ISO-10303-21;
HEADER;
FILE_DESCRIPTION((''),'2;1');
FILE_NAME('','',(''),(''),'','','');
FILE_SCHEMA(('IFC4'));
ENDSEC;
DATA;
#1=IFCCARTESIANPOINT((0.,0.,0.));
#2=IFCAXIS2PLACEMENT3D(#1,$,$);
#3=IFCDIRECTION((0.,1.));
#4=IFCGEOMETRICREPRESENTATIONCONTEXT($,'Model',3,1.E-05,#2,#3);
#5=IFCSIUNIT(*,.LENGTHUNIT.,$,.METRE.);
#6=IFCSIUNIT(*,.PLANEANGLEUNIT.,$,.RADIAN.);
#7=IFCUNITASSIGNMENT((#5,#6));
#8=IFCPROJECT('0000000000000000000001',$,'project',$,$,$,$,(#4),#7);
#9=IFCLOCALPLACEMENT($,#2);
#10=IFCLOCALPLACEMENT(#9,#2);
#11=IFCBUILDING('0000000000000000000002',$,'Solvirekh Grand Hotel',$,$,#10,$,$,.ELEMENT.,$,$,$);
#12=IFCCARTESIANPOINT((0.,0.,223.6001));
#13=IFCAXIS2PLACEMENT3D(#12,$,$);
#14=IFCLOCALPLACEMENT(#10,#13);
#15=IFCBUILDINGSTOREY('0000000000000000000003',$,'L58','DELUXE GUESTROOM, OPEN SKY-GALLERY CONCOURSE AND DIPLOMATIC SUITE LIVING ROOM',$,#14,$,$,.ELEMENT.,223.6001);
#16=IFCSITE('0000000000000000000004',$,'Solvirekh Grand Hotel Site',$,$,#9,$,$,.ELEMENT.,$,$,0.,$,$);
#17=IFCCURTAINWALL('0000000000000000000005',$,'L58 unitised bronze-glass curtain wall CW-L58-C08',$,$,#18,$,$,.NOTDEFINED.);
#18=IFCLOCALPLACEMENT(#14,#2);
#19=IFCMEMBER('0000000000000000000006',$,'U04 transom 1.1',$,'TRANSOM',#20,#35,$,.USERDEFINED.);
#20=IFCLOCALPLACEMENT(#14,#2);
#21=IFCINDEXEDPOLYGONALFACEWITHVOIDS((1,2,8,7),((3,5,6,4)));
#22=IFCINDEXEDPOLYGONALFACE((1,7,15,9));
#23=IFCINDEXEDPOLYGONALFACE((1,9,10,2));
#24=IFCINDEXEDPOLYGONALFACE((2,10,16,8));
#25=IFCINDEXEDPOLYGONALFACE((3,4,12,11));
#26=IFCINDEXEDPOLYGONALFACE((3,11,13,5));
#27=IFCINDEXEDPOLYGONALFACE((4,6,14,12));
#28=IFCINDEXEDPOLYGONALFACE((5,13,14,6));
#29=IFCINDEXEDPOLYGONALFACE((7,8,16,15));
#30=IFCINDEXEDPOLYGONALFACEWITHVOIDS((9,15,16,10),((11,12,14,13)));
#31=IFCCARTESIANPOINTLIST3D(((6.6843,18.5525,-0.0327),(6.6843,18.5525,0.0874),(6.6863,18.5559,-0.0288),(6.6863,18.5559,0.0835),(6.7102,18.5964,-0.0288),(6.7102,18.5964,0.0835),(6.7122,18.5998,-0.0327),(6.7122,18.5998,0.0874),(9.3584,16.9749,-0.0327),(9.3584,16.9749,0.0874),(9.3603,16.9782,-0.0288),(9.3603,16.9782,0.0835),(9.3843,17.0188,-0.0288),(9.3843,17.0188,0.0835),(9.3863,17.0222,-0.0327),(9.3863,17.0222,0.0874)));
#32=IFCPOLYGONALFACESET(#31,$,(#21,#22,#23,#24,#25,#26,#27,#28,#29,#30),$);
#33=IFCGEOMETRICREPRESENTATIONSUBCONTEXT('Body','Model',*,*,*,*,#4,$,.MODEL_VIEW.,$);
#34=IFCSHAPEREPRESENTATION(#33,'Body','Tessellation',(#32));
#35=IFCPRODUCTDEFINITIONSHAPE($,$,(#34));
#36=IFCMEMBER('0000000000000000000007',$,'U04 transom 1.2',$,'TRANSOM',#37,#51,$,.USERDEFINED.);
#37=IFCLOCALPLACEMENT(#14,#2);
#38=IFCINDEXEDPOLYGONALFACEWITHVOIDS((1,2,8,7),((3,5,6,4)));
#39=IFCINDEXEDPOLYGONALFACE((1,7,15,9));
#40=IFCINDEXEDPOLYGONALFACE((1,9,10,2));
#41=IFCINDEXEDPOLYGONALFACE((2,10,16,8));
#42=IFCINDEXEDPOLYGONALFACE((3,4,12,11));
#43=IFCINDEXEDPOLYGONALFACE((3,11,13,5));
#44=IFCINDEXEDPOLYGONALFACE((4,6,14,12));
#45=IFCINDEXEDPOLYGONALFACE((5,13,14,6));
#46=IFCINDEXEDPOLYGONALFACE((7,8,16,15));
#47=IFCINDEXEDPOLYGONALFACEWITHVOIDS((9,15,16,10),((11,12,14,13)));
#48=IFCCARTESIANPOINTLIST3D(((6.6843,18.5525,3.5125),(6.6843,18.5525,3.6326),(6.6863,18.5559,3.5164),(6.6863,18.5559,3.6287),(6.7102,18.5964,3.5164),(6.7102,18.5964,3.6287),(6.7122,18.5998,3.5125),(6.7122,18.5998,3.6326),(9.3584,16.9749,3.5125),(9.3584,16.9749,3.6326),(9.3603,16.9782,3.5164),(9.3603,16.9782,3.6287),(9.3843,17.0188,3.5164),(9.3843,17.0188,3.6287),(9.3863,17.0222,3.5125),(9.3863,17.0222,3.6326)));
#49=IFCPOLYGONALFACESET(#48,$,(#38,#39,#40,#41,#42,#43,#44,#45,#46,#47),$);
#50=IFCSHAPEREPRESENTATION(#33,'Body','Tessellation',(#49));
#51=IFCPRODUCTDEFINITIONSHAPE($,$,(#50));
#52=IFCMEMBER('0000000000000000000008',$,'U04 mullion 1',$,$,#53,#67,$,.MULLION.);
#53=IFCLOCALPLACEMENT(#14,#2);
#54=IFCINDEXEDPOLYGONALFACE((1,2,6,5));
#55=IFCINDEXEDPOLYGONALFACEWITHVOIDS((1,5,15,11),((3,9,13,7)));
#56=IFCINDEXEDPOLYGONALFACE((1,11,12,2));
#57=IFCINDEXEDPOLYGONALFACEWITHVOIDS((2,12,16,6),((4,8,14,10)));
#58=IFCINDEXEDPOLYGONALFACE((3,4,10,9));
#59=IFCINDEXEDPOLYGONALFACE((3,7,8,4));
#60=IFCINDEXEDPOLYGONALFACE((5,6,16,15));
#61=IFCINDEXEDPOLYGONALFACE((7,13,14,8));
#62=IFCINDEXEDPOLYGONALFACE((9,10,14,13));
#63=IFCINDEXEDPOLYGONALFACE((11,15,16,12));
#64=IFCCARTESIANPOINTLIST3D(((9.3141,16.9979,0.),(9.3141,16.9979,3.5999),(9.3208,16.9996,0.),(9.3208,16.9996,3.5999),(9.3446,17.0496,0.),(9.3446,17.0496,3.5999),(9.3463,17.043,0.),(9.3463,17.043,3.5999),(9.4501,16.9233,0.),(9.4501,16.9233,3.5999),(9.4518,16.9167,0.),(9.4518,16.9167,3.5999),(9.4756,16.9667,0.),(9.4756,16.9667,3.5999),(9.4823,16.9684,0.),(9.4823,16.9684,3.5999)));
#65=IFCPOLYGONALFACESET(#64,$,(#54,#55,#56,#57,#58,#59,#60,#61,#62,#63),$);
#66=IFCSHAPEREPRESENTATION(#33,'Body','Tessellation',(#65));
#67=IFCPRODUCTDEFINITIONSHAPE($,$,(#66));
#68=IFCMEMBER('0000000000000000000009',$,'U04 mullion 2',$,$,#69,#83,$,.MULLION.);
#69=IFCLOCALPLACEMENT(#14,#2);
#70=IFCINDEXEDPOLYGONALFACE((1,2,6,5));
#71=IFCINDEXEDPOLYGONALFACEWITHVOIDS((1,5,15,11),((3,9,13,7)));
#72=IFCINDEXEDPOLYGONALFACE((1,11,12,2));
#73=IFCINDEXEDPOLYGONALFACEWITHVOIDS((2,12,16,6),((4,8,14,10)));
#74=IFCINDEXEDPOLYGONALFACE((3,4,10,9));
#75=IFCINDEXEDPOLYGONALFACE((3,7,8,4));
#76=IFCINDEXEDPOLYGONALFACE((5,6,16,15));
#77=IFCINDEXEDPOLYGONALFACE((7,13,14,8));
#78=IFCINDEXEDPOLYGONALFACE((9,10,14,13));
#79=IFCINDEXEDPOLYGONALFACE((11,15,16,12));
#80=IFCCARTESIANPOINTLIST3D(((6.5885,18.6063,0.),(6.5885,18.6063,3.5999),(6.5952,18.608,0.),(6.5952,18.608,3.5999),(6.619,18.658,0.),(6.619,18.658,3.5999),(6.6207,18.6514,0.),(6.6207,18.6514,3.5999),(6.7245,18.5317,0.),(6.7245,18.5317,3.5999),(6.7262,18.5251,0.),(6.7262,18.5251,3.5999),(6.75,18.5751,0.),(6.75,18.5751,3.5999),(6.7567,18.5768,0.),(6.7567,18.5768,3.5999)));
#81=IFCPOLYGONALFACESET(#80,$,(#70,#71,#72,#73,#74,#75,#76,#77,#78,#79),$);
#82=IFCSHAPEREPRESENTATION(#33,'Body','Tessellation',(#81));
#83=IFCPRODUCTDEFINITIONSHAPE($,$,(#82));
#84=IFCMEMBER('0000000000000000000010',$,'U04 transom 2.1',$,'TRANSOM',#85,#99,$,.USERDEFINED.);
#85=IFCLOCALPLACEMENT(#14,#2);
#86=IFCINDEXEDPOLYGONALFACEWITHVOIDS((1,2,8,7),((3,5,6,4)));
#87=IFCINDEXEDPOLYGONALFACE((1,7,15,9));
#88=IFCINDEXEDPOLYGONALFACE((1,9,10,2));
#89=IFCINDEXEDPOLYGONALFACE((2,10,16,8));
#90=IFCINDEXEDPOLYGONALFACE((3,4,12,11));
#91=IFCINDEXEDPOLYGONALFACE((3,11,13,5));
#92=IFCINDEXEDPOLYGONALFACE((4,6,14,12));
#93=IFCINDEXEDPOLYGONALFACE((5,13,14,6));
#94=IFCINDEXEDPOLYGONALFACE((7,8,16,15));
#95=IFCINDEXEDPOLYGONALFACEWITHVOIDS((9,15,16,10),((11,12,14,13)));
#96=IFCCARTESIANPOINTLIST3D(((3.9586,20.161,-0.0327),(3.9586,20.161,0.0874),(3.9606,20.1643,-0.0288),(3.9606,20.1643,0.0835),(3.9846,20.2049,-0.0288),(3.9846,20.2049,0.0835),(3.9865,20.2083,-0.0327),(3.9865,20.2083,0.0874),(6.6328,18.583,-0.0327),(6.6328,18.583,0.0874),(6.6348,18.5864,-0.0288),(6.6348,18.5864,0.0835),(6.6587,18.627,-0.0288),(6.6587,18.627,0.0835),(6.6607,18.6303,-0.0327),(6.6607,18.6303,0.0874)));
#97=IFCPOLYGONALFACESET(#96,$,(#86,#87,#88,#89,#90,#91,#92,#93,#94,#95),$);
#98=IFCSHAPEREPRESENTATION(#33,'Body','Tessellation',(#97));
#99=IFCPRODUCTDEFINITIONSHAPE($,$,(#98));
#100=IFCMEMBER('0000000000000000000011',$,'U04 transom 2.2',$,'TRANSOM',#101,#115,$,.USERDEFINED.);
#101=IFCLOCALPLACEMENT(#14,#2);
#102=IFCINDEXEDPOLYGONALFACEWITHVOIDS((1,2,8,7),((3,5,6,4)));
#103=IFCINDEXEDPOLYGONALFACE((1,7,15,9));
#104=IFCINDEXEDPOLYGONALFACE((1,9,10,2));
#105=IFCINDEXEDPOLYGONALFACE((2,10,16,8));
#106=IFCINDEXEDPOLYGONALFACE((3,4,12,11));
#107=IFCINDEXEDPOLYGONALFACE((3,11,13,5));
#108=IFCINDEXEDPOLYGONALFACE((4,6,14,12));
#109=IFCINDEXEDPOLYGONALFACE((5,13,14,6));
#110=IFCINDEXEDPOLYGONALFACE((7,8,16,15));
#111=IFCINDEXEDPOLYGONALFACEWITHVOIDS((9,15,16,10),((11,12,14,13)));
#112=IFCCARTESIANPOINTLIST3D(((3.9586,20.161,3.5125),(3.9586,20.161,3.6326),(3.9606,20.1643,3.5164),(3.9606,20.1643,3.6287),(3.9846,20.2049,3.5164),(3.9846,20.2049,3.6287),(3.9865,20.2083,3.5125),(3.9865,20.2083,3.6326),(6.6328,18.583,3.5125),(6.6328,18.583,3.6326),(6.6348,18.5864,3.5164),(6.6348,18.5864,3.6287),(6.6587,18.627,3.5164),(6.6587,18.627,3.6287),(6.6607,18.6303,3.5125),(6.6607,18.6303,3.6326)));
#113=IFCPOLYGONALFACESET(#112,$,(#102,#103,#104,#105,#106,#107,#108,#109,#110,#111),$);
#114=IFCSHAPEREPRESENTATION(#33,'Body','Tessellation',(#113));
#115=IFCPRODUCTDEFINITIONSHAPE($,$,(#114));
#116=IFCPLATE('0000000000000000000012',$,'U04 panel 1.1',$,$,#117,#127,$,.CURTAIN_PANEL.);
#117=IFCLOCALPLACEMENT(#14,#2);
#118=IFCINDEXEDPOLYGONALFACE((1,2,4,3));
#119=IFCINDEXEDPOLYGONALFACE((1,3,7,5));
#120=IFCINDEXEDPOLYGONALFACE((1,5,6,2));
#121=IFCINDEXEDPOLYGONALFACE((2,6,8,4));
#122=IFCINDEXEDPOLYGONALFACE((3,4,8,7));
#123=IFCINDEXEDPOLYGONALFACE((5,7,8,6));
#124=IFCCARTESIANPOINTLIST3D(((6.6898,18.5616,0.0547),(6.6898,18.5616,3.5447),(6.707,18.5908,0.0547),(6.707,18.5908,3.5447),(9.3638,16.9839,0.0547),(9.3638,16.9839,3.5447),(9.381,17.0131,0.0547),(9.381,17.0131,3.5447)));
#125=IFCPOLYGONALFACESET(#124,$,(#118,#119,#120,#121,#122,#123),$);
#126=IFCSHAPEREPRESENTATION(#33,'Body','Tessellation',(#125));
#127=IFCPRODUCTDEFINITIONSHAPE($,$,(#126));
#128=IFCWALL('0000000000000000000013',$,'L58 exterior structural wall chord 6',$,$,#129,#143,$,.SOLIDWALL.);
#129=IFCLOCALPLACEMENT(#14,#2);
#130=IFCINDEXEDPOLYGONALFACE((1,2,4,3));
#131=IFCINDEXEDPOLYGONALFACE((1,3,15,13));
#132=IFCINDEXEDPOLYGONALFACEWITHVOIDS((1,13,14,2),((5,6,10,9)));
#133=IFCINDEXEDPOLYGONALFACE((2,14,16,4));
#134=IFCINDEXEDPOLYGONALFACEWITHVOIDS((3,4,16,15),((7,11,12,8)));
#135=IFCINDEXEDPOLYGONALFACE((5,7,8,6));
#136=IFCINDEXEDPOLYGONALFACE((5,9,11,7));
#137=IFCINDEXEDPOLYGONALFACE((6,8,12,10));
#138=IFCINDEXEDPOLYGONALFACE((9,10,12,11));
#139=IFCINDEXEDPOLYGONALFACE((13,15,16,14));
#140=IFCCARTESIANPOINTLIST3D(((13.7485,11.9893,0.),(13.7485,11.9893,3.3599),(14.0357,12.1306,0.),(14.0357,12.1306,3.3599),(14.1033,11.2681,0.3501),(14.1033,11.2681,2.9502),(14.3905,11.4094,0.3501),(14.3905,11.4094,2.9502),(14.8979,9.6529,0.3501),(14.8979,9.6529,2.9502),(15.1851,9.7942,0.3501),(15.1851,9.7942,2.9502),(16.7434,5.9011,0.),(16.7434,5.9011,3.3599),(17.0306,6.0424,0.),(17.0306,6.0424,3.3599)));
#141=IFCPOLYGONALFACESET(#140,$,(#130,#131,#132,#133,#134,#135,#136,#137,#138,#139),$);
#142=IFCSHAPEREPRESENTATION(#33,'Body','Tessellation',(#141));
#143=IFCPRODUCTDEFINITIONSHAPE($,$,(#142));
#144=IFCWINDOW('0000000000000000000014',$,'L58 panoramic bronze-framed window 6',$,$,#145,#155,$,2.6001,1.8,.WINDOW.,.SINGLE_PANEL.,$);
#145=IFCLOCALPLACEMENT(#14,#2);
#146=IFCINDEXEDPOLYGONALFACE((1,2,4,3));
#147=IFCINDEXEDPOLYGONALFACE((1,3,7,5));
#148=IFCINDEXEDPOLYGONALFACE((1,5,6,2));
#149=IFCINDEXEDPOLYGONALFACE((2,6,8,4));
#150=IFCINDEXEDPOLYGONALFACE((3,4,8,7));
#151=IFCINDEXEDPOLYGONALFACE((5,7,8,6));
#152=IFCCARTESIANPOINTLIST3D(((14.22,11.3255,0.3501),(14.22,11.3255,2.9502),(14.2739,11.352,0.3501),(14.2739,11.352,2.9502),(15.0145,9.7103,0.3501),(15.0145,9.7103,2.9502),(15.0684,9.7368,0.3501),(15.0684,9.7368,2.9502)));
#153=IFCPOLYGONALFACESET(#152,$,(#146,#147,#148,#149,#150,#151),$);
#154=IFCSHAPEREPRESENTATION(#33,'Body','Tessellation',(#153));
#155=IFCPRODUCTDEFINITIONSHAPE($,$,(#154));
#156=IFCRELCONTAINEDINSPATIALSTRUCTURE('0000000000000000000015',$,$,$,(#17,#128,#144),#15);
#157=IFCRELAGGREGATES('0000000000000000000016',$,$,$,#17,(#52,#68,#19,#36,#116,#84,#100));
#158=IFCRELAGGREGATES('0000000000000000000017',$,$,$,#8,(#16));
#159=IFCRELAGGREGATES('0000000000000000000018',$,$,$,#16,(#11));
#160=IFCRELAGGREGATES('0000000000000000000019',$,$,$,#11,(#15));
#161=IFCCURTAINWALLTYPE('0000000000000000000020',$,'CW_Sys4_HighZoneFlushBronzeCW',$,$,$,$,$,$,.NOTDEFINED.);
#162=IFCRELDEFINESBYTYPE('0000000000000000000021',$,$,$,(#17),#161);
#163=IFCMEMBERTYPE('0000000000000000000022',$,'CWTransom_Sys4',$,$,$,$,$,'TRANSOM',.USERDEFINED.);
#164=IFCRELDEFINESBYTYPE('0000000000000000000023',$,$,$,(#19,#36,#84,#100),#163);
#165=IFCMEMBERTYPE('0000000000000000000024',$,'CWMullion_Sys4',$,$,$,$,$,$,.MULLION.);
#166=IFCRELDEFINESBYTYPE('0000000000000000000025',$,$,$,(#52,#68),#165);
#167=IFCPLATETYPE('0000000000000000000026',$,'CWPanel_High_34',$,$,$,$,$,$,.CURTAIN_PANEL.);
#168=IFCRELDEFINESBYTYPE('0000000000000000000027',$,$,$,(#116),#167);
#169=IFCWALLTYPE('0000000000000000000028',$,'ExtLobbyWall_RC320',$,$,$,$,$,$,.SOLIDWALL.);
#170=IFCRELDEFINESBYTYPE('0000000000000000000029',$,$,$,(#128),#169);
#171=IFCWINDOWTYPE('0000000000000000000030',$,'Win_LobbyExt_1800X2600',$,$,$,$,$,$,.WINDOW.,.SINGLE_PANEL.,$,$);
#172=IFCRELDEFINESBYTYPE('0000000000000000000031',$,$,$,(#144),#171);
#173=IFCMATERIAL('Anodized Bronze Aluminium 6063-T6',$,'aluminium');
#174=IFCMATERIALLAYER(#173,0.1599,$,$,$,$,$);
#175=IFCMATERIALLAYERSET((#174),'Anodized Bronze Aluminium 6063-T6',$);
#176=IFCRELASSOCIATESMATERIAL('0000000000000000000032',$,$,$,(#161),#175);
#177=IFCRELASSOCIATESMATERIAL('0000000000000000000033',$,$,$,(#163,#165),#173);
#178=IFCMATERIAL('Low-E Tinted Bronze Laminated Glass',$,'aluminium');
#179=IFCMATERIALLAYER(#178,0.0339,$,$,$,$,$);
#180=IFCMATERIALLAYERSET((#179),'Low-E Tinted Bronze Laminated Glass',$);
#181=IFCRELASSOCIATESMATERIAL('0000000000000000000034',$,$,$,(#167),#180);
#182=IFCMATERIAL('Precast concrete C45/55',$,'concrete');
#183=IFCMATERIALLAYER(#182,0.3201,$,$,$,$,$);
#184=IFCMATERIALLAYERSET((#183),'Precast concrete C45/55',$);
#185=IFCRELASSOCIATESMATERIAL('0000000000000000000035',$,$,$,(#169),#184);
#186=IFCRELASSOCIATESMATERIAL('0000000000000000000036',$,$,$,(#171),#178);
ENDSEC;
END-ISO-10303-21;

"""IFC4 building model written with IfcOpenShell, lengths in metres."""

from ifc_helpers import new_model, si_unit, direction, frame, frame_2d, origin, origin_2d, place, context, subcontext, project, spatial, rectangle, hollow_rectangle, extrude, source, transform, mapped, material, layer, layer_set, material_profile, profile_set, type_object, element, fill, aggregate, save


model = new_model("IFC4")

# Units and contexts
model_context = context("Model", 3, precision=1e-05, world=origin(), true_north=direction((0.0, 1.0)))
body_context = subcontext(model_context, "Body", "Model", "MODEL_VIEW")
ifc_project = project(units=[si_unit("LENGTHUNIT", "METRE"), si_unit("PLANEANGLEUNIT", "RADIAN")], contexts=[model_context])

# Site, building, storey
site_placement = place(None, origin())
site = spatial("IfcSite", under=ifc_project, at=site_placement, Name="Solvirekh Grand Hotel Site", CompositionType="ELEMENT", RefElevation=0.0)
building_placement = place(site_placement, origin())
building = spatial("IfcBuilding", under=site, at=building_placement, Name="Solvirekh Grand Hotel", CompositionType="ELEMENT")
storey_placement = place(building_placement, frame((0.0, 0.0, 223.6001)))
storey = spatial("IfcBuildingStorey", under=building, at=storey_placement, Name="L58", Description="DELUXE GUESTROOM, OPEN SKY-GALLERY CONCOURSE AND DIPLOMATIC SUITE LIVING ROOM", CompositionType="ELEMENT", Elevation=223.6001)

# Curtain wall, members, plate
ifc_material_1 = material(Name="Anodized Bronze Aluminium 6063-T6", Category="aluminium")
ifc_layer_1 = layer(ifc_material_1, 0.1599)
ifc_layer_set_1 = layer_set([ifc_layer_1], Name="Anodized Bronze Aluminium 6063-T6")
curtain_wall_type = type_object("IfcCurtainWallType", Name="CW_Sys4_HighZoneFlushBronzeCW", PredefinedType="NOTDEFINED", material=ifc_layer_set_1)
curtain_wall_placement = place(storey_placement, origin())
curtain_wall = element("IfcCurtainWall", 1, at=curtain_wall_placement, inside=storey, type_object=curtain_wall_type, Name="L58 unitised bronze-glass curtain wall CW-L58-C08", PredefinedType="NOTDEFINED")
ifc_material_profile_1 = material_profile(ifc_material_1, hollow_rectangle(XDim=0.0549, YDim=0.1201, WallThickness=0.0039, at=origin_2d()), Name="ALU RHS 120X55X4")
ifc_profile_set_1 = profile_set([ifc_material_profile_1], Name="Anodized Bronze Aluminium 6063-T6")
member_type_1 = type_object("IfcMemberType", Name="CWTransom_Sys4", ElementType="TRANSOM", PredefinedType="USERDEFINED", material=ifc_profile_set_1)
shared_shape_1 = source(origin(), body_context, "Body", "SweptSolid", [
    extrude(hollow_rectangle(XDim=0.0549, YDim=0.1201, WallThickness=0.0039, at=origin_2d()), origin(), (0.0, 0.0, 1.0), 3.1047),
])
member_1_placement = place(storey_placement, frame((9.3723, 16.9985, 0.0273), z_axis=(-0.861279, 0.508133, 0.0), x_axis=(-0.508133, -0.861279, 0.0)))
member_1 = element("IfcMember", 2, at=member_1_placement, type_object=member_type_1, Name="U04 transom 1.1", ObjectType="TRANSOM", PredefinedType="USERDEFINED", context=body_context, shape_type="MappedRepresentation", body=[
    mapped(shared_shape_1, transform((0.0, 0.0, 0.0), x_axis=(1.0, 0.0, 0.0), y_axis=(0.0, 1.0, 0.0), z_axis=(0.0, 0.0, 1.0), scale=1.0)),
])
member_2_placement = place(storey_placement, frame((9.3723, 16.9985, 3.5725), z_axis=(-0.861279, 0.508133, 0.0), x_axis=(-0.508133, -0.861279, 0.0)))
member_2 = element("IfcMember", 3, at=member_2_placement, type_object=member_type_1, Name="U04 transom 1.2", ObjectType="TRANSOM", PredefinedType="USERDEFINED", context=body_context, shape_type="MappedRepresentation", body=[
    mapped(shared_shape_1, transform((0.0, 0.0, 0.0), x_axis=(1.0, 0.0, 0.0), y_axis=(0.0, 1.0, 0.0), z_axis=(0.0, 0.0, 1.0), scale=1.0)),
])
ifc_material_profile_2 = material_profile(ifc_material_1, hollow_rectangle(XDim=0.0601, YDim=0.1599, WallThickness=0.0049, at=origin_2d()), Name="ALU RHS 160X60X5")
ifc_profile_set_2 = profile_set([ifc_material_profile_2], Name="Anodized Bronze Aluminium 6063-T6")
member_type_2 = type_object("IfcMemberType", Name="CWMullion_Sys4", PredefinedType="MULLION", material=ifc_profile_set_2)
shared_shape_2 = source(origin(), body_context, "Body", "SweptSolid", [
    extrude(hollow_rectangle(XDim=0.0601, YDim=0.1599, WallThickness=0.0049, at=origin_2d()), origin(), (0.0, 0.0, 1.0), 3.5999),
])
member_3_placement = place(storey_placement, frame((9.3982, 16.9832, 0.0), z_axis=(0.0, 0.0, 1.0), x_axis=(-0.508176, -0.861254, 0.0)))
member_3 = element("IfcMember", 4, at=member_3_placement, type_object=member_type_2, Name="U04 mullion 1", PredefinedType="MULLION", context=body_context, shape_type="MappedRepresentation", body=[
    mapped(shared_shape_2, transform((0.0, 0.0, 0.0), x_axis=(1.0, 0.0, 0.0), y_axis=(0.0, 1.0, 0.0), z_axis=(0.0, 0.0, 1.0), scale=1.0)),
])
member_4_placement = place(storey_placement, frame((6.6726, 18.5916, 0.0), z_axis=(0.0, 0.0, 1.0), x_axis=(-0.508176, -0.861254, 0.0)))
member_4 = element("IfcMember", 5, at=member_4_placement, type_object=member_type_2, Name="U04 mullion 2", PredefinedType="MULLION", context=body_context, shape_type="MappedRepresentation", body=[
    mapped(shared_shape_2, transform((0.0, 0.0, 0.0), x_axis=(1.0, 0.0, 0.0), y_axis=(0.0, 1.0, 0.0), z_axis=(0.0, 0.0, 1.0), scale=1.0)),
])
shared_shape_3 = source(origin(), body_context, "Body", "SweptSolid", [
    extrude(hollow_rectangle(XDim=0.0549, YDim=0.1201, WallThickness=0.0039, at=origin_2d()), origin(), (0.0, 0.0, 1.0), 3.105),
])
member_5_placement = place(storey_placement, frame((6.6467, 18.6067, 0.0273), z_axis=(-0.861244, 0.508191, 0.0), x_axis=(-0.508191, -0.861244, 0.0)))
member_5 = element("IfcMember", 6, at=member_5_placement, type_object=member_type_1, Name="U04 transom 2.1", ObjectType="TRANSOM", PredefinedType="USERDEFINED", context=body_context, shape_type="MappedRepresentation", body=[
    mapped(shared_shape_3, transform((0.0, 0.0, 0.0), x_axis=(1.0, 0.0, 0.0), y_axis=(0.0, 1.0, 0.0), z_axis=(0.0, 0.0, 1.0), scale=1.0)),
])
member_6_placement = place(storey_placement, frame((6.6467, 18.6067, 3.5725), z_axis=(-0.861244, 0.508191, 0.0), x_axis=(-0.508191, -0.861244, 0.0)))
member_6 = element("IfcMember", 7, at=member_6_placement, type_object=member_type_1, Name="U04 transom 2.2", ObjectType="TRANSOM", PredefinedType="USERDEFINED", context=body_context, shape_type="MappedRepresentation", body=[
    mapped(shared_shape_3, transform((0.0, 0.0, 0.0), x_axis=(1.0, 0.0, 0.0), y_axis=(0.0, 1.0, 0.0), z_axis=(0.0, 0.0, 1.0), scale=1.0)),
])
ifc_material_2 = material(Name="Low-E Tinted Bronze Laminated Glass", Category="aluminium")
ifc_layer_2 = layer(ifc_material_2, 0.0339)
ifc_layer_set_2 = layer_set([ifc_layer_2], Name="Low-E Tinted Bronze Laminated Glass")
plate_type = type_object("IfcPlateType", Name="CWPanel_High_34", PredefinedType="CURTAIN_PANEL", material=ifc_layer_set_2)
shared_shape_4 = source(origin(), body_context, "Body", "SweptSolid", [
    extrude(rectangle(XDim=3.1047, YDim=0.0339, at=origin_2d()), origin(), (0.0, 0.0, 1.0), 3.49),
])
plate_placement = place(storey_placement, frame((8.0354, 17.7874, 0.0547), z_axis=(0.0, 0.0, 1.0), x_axis=(-0.861254, 0.508176, 0.0)))
plate = element("IfcPlate", 8, at=plate_placement, type_object=plate_type, Name="U04 panel 1.1", PredefinedType="CURTAIN_PANEL", context=body_context, shape_type="MappedRepresentation", body=[
    mapped(shared_shape_4, transform((0.0, 0.0, 0.0), x_axis=(1.0, 0.0, 0.0), y_axis=(0.0, 1.0, 0.0), z_axis=(0.0, 0.0, 1.0), scale=1.0)),
])
aggregate(curtain_wall, [member_3, member_4, member_1, member_2, plate, member_5, member_6])

# Wall, opening, window
ifc_material_3 = material(Name="Precast concrete C45/55", Category="concrete")
ifc_layer_3 = layer(ifc_material_3, 0.3201)
ifc_layer_set_3 = layer_set([ifc_layer_3], Name="Precast concrete C45/55")
wall_type_1 = type_object("IfcWallType", Name="ExtLobbyWall_RC320", PredefinedType="SOLIDWALL", material=ifc_layer_set_3)
wall_1_placement = place(storey_placement, frame((13.8921, 12.0601, 0.0), z_axis=(0.0, 0.0, 1.0), x_axis=(0.441404, -0.897309, 0.0)))
wall_1 = element("IfcWall", 9, at=wall_1_placement, inside=storey, type_object=wall_type_1, Name="L58 exterior structural wall chord 6", PredefinedType="SOLIDWALL", context=body_context, shape_type="SweptSolid", body=[
    extrude(rectangle(XDim=6.7849, YDim=0.3201, at=frame_2d((3.3926, 0.0))), origin(), (0.0, 0.0, 1.0), 3.3599),
])
opening_1_placement = place(wall_1_placement, frame((0.804, 0.0, 0.3501)))
opening_1 = element("IfcOpeningElement", 10, at=opening_1_placement, cuts=wall_1, PredefinedType="OPENING", context=body_context, shape_type="SweptSolid", body=[
    extrude(rectangle(XDim=1.8, YDim=2.6001, at=frame_2d((0.8999, 1.3))), frame((0.0, 0.1699, 0.0), z_axis=(0.0, -1.0, 0.0), x_axis=(1.0, 0.0, 0.0)), (0.0, 0.0, 1.0), 0.3401),
])
window_type = type_object("IfcWindowType", Name="Win_LobbyExt_1800X2600", PartitioningType="SINGLE_PANEL", PredefinedType="WINDOW", material=ifc_material_2)
window_1_placement = place(opening_1_placement, origin())
window_1 = element("IfcWindow", 11, at=window_1_placement, inside=storey, type_object=window_type, Name="L58 panoramic bronze-framed window 6", OverallHeight=2.6001, OverallWidth=1.8, PartitioningType="SINGLE_PANEL", PredefinedType="WINDOW", context=body_context, shape_type="SweptSolid", body=[
    extrude(rectangle(XDim=1.8, YDim=2.6001, at=frame_2d((0.8999, 1.3))), frame((0.0, 0.03, 0.0), z_axis=(0.0, -1.0, 0.0), x_axis=(1.0, 0.0, 0.0)), (0.0, 0.0, 1.0), 0.0601),
])
fill(opening_1, window_1)

save(model, "model.ifc")
